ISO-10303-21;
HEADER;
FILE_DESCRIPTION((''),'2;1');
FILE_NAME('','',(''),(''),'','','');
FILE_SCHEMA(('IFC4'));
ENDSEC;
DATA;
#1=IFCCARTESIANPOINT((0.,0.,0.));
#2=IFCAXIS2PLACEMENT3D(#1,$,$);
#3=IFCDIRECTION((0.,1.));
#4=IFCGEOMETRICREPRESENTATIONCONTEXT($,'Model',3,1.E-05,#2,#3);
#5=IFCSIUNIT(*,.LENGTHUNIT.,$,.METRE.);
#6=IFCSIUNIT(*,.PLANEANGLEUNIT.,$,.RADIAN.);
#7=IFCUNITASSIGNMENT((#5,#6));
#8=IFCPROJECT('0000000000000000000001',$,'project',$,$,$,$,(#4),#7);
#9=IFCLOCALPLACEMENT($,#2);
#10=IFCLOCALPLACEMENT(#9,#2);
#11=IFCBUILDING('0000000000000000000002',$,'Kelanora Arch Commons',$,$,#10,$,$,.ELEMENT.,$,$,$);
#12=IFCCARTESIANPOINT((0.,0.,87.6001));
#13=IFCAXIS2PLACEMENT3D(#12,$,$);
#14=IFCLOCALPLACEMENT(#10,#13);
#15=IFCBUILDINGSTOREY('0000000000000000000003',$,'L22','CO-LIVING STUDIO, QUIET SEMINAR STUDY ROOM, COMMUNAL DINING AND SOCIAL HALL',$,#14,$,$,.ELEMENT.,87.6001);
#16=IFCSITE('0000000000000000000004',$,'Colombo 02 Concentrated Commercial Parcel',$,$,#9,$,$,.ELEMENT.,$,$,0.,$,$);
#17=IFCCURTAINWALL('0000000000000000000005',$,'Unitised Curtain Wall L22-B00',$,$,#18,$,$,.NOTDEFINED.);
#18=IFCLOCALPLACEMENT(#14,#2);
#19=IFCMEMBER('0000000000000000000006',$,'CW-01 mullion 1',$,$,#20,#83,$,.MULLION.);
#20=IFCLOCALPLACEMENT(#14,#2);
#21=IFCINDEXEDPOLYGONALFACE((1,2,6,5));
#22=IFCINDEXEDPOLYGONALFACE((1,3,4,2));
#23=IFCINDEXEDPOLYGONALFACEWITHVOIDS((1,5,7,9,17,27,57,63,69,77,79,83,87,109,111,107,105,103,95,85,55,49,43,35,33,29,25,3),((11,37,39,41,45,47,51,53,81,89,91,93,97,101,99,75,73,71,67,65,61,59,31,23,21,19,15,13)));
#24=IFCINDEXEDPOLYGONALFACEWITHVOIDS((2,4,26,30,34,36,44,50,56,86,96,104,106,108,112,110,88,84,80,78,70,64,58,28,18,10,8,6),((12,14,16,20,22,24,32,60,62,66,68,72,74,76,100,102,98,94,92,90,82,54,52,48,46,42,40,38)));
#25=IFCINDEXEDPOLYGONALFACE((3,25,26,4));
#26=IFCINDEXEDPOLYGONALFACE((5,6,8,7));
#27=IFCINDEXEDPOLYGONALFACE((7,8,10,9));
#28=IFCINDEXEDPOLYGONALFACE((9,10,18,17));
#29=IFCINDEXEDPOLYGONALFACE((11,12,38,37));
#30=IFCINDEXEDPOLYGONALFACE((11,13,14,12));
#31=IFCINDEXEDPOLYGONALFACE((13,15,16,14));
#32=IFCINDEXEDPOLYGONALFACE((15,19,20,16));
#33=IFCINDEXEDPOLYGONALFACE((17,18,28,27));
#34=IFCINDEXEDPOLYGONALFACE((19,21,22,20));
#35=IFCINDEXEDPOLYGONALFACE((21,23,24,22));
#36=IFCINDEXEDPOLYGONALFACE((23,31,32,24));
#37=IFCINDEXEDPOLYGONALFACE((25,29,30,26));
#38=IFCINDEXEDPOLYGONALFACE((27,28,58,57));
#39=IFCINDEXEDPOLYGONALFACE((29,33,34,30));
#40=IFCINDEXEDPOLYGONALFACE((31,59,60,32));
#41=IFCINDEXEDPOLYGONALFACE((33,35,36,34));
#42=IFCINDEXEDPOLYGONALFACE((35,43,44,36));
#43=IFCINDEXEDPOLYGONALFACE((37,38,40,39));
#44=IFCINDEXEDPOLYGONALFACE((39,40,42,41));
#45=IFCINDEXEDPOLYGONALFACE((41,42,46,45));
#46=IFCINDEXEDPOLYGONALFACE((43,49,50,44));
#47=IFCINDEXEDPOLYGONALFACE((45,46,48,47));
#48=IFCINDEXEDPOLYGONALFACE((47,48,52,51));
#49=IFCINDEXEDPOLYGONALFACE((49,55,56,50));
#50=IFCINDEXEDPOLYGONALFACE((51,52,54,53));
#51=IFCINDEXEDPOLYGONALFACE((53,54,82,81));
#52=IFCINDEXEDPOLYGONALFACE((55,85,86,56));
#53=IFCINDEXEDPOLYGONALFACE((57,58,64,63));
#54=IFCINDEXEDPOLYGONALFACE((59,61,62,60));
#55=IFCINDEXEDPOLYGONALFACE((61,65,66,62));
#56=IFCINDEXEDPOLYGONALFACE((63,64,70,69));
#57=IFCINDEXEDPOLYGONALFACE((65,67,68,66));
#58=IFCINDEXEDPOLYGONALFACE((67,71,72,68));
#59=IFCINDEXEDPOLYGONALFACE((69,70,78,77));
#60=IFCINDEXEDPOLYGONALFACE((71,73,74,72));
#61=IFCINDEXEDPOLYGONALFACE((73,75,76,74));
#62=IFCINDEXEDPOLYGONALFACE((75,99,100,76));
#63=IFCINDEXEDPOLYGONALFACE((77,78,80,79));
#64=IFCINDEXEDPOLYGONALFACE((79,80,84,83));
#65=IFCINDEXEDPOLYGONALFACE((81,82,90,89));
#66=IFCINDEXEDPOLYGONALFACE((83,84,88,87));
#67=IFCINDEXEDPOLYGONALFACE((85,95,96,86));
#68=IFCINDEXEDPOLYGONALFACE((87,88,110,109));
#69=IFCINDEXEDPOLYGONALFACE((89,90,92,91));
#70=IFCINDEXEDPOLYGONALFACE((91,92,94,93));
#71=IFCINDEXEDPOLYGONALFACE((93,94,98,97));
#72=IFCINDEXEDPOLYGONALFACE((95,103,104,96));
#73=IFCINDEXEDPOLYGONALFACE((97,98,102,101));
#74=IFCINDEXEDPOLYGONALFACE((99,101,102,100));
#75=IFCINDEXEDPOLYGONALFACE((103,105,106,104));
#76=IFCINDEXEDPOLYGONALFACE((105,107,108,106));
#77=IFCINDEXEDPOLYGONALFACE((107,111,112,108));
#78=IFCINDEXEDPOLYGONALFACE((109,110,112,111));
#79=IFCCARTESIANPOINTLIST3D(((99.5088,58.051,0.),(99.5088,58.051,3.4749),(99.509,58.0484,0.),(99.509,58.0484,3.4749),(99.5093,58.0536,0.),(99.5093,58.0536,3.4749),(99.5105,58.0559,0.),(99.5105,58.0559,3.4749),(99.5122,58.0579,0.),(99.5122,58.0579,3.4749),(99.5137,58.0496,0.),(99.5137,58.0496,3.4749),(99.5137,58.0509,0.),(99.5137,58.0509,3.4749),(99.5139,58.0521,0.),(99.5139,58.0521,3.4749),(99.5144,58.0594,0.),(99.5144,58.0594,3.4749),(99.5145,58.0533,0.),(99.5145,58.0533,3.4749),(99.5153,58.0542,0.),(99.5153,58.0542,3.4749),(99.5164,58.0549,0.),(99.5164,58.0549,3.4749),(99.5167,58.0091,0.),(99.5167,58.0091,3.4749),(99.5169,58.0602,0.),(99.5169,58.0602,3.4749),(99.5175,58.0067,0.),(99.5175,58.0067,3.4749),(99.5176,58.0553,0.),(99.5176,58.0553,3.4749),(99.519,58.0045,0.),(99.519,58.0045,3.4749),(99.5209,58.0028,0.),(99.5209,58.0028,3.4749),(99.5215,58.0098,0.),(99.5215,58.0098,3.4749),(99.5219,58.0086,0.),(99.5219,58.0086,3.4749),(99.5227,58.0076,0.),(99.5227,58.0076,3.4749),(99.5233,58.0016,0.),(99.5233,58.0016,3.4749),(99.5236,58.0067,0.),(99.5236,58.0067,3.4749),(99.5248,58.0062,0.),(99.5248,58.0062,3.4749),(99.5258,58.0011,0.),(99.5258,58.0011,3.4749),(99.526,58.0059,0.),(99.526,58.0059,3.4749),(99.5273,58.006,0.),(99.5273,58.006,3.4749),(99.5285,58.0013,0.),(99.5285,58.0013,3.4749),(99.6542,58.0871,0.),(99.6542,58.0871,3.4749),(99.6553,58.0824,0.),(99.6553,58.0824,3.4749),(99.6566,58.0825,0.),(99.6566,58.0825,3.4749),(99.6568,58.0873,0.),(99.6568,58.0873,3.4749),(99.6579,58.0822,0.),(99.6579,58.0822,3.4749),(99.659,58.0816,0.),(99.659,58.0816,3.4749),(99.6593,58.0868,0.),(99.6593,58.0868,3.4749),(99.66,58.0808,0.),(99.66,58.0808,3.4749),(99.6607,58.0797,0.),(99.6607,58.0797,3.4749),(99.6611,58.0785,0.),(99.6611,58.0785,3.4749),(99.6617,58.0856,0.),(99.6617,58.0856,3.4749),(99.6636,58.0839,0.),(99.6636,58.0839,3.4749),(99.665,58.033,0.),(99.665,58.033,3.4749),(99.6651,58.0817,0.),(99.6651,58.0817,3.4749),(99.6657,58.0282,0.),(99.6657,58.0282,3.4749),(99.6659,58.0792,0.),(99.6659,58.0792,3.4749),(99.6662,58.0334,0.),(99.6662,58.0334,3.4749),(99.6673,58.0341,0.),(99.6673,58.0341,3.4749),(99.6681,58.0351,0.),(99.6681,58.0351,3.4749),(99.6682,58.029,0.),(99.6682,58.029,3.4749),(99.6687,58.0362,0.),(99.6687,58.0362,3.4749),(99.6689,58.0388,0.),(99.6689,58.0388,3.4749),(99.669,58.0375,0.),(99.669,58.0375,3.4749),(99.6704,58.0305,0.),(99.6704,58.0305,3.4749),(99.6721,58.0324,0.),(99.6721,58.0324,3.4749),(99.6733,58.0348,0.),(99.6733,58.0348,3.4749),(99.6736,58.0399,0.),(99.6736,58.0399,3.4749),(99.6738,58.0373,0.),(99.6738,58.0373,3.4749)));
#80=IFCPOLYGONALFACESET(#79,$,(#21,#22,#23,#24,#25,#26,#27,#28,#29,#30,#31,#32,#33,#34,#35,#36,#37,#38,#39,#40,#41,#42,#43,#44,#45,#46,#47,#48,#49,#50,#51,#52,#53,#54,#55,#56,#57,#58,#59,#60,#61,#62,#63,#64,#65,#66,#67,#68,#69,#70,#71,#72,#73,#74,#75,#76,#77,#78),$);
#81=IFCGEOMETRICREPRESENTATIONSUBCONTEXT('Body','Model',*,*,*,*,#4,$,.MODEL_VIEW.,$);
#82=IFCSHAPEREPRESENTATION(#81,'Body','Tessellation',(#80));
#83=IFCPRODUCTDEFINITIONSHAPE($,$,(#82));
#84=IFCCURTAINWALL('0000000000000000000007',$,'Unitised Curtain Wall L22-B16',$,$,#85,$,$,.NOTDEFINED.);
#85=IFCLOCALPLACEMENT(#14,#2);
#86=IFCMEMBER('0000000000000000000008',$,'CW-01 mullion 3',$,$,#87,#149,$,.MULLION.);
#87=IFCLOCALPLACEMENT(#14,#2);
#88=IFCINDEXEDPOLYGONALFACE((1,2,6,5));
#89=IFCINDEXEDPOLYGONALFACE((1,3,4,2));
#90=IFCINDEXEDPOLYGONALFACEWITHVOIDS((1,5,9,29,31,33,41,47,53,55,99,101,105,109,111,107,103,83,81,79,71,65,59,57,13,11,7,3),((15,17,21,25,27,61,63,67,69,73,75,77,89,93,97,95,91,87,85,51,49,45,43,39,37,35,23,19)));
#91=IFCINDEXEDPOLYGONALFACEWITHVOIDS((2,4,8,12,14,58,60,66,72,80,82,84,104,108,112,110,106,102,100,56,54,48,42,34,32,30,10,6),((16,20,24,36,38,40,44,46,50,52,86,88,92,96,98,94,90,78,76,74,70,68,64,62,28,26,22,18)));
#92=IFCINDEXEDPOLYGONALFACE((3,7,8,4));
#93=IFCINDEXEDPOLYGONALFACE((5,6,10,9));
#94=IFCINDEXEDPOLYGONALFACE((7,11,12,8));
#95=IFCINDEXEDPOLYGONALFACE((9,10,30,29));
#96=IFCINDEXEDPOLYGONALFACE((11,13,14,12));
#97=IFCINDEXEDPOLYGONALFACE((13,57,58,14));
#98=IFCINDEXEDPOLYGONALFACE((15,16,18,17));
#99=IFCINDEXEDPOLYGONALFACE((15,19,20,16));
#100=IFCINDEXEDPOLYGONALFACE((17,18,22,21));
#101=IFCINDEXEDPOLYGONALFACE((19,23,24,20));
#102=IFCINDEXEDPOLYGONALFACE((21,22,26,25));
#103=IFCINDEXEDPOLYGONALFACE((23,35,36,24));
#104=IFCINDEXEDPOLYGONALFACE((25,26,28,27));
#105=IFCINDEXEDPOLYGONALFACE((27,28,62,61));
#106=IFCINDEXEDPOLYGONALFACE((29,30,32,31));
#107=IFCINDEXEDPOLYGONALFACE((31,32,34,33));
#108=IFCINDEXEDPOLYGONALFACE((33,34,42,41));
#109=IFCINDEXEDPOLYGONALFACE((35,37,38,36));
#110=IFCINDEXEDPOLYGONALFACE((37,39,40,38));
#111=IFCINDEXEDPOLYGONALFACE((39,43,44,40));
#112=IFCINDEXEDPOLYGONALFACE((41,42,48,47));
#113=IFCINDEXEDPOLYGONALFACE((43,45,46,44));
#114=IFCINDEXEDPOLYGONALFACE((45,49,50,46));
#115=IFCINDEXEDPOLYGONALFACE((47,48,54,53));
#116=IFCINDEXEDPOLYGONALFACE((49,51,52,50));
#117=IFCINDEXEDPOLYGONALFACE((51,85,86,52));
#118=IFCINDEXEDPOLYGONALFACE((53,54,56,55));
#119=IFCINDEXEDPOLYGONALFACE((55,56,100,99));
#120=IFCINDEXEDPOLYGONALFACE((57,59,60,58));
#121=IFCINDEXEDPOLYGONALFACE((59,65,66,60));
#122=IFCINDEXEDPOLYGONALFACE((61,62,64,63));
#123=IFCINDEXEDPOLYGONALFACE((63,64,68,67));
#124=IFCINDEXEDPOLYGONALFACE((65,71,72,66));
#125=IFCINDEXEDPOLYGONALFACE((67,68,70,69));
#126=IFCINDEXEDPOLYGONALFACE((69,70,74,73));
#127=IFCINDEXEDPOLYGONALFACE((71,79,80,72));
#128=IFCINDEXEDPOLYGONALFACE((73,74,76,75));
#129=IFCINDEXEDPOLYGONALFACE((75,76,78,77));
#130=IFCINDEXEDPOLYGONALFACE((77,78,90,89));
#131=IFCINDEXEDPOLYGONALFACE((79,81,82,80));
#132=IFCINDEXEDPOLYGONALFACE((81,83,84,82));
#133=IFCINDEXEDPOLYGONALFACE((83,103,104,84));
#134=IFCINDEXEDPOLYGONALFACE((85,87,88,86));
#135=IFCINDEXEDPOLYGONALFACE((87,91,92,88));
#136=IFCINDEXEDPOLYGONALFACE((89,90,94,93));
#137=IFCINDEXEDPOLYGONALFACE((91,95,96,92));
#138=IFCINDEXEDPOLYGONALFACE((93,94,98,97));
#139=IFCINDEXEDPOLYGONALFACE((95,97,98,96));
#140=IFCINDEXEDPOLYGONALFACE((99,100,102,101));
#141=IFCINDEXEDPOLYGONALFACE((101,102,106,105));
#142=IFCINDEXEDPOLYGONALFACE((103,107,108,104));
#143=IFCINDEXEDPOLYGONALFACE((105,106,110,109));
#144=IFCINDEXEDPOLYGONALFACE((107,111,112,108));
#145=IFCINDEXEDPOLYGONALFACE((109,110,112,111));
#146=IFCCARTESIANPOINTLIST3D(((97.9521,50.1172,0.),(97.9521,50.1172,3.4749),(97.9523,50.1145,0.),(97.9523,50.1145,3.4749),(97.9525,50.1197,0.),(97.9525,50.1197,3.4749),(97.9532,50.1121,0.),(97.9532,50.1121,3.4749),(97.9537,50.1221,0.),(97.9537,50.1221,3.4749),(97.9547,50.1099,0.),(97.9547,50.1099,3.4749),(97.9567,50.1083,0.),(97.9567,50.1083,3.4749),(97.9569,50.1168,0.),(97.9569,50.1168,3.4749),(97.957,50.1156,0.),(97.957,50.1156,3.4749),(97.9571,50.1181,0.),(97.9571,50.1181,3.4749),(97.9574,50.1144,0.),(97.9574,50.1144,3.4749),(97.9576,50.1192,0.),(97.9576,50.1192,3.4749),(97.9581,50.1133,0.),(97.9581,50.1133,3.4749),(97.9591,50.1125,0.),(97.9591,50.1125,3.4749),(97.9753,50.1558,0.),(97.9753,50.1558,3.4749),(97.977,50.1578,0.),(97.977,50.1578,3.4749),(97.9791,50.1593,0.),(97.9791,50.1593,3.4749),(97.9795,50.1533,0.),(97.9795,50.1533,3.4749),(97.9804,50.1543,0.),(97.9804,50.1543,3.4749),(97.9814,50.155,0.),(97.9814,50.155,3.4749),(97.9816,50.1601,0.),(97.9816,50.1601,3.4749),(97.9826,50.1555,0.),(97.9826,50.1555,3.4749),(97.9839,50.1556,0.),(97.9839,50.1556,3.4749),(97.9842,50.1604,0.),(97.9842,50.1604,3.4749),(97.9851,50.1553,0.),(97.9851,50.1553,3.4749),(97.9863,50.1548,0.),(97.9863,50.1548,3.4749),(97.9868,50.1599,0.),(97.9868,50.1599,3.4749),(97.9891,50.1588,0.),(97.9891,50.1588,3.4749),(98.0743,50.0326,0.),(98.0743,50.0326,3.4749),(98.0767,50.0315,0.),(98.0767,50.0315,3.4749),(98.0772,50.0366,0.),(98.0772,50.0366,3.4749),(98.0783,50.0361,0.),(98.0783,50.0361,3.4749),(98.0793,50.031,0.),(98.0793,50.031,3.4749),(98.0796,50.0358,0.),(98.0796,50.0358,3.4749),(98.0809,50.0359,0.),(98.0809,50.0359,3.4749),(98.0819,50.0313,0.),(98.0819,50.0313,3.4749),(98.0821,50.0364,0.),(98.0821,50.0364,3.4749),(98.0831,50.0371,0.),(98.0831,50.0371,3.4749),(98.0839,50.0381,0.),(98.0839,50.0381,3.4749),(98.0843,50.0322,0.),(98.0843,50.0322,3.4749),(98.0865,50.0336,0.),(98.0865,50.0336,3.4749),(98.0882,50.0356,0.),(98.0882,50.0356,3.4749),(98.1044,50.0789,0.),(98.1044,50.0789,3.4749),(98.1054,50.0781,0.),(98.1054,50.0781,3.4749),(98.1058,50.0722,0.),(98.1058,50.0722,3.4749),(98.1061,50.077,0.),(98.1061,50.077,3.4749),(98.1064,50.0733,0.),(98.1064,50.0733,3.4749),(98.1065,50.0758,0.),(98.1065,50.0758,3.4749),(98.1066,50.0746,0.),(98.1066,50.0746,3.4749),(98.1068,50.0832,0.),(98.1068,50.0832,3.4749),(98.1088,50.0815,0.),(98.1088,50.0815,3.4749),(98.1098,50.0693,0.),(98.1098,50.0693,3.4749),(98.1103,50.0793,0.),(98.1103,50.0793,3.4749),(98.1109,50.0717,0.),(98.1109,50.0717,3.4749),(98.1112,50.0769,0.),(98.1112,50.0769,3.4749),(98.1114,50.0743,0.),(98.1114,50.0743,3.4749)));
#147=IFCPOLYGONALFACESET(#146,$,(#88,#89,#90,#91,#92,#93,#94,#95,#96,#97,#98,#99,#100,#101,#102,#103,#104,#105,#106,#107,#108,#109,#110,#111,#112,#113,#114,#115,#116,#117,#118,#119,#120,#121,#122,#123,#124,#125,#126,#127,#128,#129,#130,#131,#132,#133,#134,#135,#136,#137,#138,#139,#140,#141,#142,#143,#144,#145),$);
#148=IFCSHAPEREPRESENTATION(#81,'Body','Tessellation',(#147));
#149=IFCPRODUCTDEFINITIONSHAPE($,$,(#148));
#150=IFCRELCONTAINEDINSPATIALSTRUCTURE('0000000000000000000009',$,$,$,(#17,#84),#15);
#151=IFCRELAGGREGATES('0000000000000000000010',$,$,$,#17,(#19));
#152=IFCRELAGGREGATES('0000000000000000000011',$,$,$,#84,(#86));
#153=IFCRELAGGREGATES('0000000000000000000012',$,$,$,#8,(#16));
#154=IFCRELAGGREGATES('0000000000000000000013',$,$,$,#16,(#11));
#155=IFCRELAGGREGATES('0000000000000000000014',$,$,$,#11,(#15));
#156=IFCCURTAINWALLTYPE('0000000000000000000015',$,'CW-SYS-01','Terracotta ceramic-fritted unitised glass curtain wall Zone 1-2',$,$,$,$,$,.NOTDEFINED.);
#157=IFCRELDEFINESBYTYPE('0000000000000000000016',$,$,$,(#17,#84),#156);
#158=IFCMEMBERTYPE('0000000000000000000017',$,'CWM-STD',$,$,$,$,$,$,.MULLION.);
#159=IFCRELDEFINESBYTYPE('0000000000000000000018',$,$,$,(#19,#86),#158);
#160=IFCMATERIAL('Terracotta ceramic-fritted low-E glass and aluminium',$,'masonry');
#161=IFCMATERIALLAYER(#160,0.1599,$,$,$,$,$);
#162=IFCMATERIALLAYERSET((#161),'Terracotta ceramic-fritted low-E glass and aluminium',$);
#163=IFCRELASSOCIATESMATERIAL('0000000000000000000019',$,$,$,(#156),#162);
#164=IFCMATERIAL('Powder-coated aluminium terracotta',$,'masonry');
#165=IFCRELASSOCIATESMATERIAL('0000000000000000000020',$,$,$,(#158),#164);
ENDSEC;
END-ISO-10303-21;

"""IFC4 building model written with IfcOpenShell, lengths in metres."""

from ifc_helpers import new_model, si_unit, direction, frame, origin, origin_2d, place, context, subcontext, project, spatial, hollow_rectangle, extrude, material, layer, layer_set, material_profile, profile_set, type_object, element, aggregate, save


model = new_model("IFC4")

# Units and contexts
model_context = context("Model", 3, precision=1e-05, world=origin(), true_north=direction((0.0, 1.0)))
body_context = subcontext(model_context, "Body", "Model", "MODEL_VIEW")
ifc_project = project(units=[si_unit("LENGTHUNIT", "METRE"), si_unit("PLANEANGLEUNIT", "RADIAN")], contexts=[model_context])

# Site, building, storey
site_placement = place(None, origin())
site = spatial("IfcSite", under=ifc_project, at=site_placement, Name="Colombo 02 Concentrated Commercial Parcel", CompositionType="ELEMENT", RefElevation=0.0)
building_placement = place(site_placement, origin())
building = spatial("IfcBuilding", under=site, at=building_placement, Name="Kelanora Arch Commons", CompositionType="ELEMENT")
storey_placement = place(building_placement, frame((0.0, 0.0, 87.6001)))
storey = spatial("IfcBuildingStorey", under=building, at=storey_placement, Name="L22", Description="CO-LIVING STUDIO, QUIET SEMINAR STUDY ROOM, COMMUNAL DINING AND SOCIAL HALL", CompositionType="ELEMENT", Elevation=87.6001)

# Curtain walls, members
ifc_material_1 = material(Name="Terracotta ceramic-fritted low-E glass and aluminium", Category="masonry")
ifc_layer_1 = layer(ifc_material_1, 0.1599)
ifc_layer_set_1 = layer_set([ifc_layer_1], Name="Terracotta ceramic-fritted low-E glass and aluminium")
curtain_wall_type = type_object("IfcCurtainWallType", Name="CW-SYS-01", Description="Terracotta ceramic-fritted unitised glass curtain wall Zone 1-2", PredefinedType="NOTDEFINED", material=ifc_layer_set_1)
curtain_wall_1_placement = place(storey_placement, origin())
curtain_wall_1 = element("IfcCurtainWall", 1, at=curtain_wall_1_placement, inside=storey, type_object=curtain_wall_type, Name="Unitised Curtain Wall L22-B00", PredefinedType="NOTDEFINED")
ifc_material_2 = material(Name="Powder-coated aluminium terracotta", Category="masonry")
ifc_material_profile_1 = material_profile(ifc_material_2, hollow_rectangle(XDim=0.1599, YDim=0.0601, WallThickness=0.0049, InnerFilletRadius=0.0049, OuterFilletRadius=0.01, at=origin_2d()), Name="CWM160x60")
ifc_profile_set_1 = profile_set([ifc_material_profile_1], Name="Powder-coated aluminium terracotta")
member_type_1 = type_object("IfcMemberType", Name="CWM-STD", PredefinedType="MULLION", material=ifc_profile_set_1)
member_1_placement = place(storey_placement, frame((99.5913, 58.0442, 0.0), z_axis=(0.0, 0.0, 1.0), x_axis=(-0.98128, -0.192585, 0.0)))
member_1 = element("IfcMember", 2, at=member_1_placement, type_object=member_type_1, Name="CW-01 mullion 1", PredefinedType="MULLION", context=body_context, shape_type="SweptSolid", body=[
    extrude(hollow_rectangle(XDim=0.1599, YDim=0.0601, WallThickness=0.0049, InnerFilletRadius=0.0049, OuterFilletRadius=0.01, at=origin_2d()), origin(), (0.0, 0.0, 1.0), 3.4749),
])
curtain_wall_2_placement = place(storey_placement, origin())
curtain_wall_2 = element("IfcCurtainWall", 3, at=curtain_wall_2_placement, inside=storey, type_object=curtain_wall_type, Name="Unitised Curtain Wall L22-B16", PredefinedType="NOTDEFINED")
member_2_placement = place(storey_placement, frame((98.0317, 50.0957, 0.0), z_axis=(0.0, 0.0, 1.0), x_axis=(-0.841269, 0.540617, 0.0)))
member_2 = element("IfcMember", 4, at=member_2_placement, type_object=member_type_1, Name="CW-01 mullion 3", PredefinedType="MULLION", context=body_context, shape_type="SweptSolid", body=[
    extrude(hollow_rectangle(XDim=0.1599, YDim=0.0601, WallThickness=0.0049, InnerFilletRadius=0.0049, OuterFilletRadius=0.01, at=origin_2d()), origin(), (0.0, 0.0, 1.0), 3.4749),
])

aggregate(curtain_wall_1, [member_1])

aggregate(curtain_wall_2, [member_2])

save(model, "model.ifc")
